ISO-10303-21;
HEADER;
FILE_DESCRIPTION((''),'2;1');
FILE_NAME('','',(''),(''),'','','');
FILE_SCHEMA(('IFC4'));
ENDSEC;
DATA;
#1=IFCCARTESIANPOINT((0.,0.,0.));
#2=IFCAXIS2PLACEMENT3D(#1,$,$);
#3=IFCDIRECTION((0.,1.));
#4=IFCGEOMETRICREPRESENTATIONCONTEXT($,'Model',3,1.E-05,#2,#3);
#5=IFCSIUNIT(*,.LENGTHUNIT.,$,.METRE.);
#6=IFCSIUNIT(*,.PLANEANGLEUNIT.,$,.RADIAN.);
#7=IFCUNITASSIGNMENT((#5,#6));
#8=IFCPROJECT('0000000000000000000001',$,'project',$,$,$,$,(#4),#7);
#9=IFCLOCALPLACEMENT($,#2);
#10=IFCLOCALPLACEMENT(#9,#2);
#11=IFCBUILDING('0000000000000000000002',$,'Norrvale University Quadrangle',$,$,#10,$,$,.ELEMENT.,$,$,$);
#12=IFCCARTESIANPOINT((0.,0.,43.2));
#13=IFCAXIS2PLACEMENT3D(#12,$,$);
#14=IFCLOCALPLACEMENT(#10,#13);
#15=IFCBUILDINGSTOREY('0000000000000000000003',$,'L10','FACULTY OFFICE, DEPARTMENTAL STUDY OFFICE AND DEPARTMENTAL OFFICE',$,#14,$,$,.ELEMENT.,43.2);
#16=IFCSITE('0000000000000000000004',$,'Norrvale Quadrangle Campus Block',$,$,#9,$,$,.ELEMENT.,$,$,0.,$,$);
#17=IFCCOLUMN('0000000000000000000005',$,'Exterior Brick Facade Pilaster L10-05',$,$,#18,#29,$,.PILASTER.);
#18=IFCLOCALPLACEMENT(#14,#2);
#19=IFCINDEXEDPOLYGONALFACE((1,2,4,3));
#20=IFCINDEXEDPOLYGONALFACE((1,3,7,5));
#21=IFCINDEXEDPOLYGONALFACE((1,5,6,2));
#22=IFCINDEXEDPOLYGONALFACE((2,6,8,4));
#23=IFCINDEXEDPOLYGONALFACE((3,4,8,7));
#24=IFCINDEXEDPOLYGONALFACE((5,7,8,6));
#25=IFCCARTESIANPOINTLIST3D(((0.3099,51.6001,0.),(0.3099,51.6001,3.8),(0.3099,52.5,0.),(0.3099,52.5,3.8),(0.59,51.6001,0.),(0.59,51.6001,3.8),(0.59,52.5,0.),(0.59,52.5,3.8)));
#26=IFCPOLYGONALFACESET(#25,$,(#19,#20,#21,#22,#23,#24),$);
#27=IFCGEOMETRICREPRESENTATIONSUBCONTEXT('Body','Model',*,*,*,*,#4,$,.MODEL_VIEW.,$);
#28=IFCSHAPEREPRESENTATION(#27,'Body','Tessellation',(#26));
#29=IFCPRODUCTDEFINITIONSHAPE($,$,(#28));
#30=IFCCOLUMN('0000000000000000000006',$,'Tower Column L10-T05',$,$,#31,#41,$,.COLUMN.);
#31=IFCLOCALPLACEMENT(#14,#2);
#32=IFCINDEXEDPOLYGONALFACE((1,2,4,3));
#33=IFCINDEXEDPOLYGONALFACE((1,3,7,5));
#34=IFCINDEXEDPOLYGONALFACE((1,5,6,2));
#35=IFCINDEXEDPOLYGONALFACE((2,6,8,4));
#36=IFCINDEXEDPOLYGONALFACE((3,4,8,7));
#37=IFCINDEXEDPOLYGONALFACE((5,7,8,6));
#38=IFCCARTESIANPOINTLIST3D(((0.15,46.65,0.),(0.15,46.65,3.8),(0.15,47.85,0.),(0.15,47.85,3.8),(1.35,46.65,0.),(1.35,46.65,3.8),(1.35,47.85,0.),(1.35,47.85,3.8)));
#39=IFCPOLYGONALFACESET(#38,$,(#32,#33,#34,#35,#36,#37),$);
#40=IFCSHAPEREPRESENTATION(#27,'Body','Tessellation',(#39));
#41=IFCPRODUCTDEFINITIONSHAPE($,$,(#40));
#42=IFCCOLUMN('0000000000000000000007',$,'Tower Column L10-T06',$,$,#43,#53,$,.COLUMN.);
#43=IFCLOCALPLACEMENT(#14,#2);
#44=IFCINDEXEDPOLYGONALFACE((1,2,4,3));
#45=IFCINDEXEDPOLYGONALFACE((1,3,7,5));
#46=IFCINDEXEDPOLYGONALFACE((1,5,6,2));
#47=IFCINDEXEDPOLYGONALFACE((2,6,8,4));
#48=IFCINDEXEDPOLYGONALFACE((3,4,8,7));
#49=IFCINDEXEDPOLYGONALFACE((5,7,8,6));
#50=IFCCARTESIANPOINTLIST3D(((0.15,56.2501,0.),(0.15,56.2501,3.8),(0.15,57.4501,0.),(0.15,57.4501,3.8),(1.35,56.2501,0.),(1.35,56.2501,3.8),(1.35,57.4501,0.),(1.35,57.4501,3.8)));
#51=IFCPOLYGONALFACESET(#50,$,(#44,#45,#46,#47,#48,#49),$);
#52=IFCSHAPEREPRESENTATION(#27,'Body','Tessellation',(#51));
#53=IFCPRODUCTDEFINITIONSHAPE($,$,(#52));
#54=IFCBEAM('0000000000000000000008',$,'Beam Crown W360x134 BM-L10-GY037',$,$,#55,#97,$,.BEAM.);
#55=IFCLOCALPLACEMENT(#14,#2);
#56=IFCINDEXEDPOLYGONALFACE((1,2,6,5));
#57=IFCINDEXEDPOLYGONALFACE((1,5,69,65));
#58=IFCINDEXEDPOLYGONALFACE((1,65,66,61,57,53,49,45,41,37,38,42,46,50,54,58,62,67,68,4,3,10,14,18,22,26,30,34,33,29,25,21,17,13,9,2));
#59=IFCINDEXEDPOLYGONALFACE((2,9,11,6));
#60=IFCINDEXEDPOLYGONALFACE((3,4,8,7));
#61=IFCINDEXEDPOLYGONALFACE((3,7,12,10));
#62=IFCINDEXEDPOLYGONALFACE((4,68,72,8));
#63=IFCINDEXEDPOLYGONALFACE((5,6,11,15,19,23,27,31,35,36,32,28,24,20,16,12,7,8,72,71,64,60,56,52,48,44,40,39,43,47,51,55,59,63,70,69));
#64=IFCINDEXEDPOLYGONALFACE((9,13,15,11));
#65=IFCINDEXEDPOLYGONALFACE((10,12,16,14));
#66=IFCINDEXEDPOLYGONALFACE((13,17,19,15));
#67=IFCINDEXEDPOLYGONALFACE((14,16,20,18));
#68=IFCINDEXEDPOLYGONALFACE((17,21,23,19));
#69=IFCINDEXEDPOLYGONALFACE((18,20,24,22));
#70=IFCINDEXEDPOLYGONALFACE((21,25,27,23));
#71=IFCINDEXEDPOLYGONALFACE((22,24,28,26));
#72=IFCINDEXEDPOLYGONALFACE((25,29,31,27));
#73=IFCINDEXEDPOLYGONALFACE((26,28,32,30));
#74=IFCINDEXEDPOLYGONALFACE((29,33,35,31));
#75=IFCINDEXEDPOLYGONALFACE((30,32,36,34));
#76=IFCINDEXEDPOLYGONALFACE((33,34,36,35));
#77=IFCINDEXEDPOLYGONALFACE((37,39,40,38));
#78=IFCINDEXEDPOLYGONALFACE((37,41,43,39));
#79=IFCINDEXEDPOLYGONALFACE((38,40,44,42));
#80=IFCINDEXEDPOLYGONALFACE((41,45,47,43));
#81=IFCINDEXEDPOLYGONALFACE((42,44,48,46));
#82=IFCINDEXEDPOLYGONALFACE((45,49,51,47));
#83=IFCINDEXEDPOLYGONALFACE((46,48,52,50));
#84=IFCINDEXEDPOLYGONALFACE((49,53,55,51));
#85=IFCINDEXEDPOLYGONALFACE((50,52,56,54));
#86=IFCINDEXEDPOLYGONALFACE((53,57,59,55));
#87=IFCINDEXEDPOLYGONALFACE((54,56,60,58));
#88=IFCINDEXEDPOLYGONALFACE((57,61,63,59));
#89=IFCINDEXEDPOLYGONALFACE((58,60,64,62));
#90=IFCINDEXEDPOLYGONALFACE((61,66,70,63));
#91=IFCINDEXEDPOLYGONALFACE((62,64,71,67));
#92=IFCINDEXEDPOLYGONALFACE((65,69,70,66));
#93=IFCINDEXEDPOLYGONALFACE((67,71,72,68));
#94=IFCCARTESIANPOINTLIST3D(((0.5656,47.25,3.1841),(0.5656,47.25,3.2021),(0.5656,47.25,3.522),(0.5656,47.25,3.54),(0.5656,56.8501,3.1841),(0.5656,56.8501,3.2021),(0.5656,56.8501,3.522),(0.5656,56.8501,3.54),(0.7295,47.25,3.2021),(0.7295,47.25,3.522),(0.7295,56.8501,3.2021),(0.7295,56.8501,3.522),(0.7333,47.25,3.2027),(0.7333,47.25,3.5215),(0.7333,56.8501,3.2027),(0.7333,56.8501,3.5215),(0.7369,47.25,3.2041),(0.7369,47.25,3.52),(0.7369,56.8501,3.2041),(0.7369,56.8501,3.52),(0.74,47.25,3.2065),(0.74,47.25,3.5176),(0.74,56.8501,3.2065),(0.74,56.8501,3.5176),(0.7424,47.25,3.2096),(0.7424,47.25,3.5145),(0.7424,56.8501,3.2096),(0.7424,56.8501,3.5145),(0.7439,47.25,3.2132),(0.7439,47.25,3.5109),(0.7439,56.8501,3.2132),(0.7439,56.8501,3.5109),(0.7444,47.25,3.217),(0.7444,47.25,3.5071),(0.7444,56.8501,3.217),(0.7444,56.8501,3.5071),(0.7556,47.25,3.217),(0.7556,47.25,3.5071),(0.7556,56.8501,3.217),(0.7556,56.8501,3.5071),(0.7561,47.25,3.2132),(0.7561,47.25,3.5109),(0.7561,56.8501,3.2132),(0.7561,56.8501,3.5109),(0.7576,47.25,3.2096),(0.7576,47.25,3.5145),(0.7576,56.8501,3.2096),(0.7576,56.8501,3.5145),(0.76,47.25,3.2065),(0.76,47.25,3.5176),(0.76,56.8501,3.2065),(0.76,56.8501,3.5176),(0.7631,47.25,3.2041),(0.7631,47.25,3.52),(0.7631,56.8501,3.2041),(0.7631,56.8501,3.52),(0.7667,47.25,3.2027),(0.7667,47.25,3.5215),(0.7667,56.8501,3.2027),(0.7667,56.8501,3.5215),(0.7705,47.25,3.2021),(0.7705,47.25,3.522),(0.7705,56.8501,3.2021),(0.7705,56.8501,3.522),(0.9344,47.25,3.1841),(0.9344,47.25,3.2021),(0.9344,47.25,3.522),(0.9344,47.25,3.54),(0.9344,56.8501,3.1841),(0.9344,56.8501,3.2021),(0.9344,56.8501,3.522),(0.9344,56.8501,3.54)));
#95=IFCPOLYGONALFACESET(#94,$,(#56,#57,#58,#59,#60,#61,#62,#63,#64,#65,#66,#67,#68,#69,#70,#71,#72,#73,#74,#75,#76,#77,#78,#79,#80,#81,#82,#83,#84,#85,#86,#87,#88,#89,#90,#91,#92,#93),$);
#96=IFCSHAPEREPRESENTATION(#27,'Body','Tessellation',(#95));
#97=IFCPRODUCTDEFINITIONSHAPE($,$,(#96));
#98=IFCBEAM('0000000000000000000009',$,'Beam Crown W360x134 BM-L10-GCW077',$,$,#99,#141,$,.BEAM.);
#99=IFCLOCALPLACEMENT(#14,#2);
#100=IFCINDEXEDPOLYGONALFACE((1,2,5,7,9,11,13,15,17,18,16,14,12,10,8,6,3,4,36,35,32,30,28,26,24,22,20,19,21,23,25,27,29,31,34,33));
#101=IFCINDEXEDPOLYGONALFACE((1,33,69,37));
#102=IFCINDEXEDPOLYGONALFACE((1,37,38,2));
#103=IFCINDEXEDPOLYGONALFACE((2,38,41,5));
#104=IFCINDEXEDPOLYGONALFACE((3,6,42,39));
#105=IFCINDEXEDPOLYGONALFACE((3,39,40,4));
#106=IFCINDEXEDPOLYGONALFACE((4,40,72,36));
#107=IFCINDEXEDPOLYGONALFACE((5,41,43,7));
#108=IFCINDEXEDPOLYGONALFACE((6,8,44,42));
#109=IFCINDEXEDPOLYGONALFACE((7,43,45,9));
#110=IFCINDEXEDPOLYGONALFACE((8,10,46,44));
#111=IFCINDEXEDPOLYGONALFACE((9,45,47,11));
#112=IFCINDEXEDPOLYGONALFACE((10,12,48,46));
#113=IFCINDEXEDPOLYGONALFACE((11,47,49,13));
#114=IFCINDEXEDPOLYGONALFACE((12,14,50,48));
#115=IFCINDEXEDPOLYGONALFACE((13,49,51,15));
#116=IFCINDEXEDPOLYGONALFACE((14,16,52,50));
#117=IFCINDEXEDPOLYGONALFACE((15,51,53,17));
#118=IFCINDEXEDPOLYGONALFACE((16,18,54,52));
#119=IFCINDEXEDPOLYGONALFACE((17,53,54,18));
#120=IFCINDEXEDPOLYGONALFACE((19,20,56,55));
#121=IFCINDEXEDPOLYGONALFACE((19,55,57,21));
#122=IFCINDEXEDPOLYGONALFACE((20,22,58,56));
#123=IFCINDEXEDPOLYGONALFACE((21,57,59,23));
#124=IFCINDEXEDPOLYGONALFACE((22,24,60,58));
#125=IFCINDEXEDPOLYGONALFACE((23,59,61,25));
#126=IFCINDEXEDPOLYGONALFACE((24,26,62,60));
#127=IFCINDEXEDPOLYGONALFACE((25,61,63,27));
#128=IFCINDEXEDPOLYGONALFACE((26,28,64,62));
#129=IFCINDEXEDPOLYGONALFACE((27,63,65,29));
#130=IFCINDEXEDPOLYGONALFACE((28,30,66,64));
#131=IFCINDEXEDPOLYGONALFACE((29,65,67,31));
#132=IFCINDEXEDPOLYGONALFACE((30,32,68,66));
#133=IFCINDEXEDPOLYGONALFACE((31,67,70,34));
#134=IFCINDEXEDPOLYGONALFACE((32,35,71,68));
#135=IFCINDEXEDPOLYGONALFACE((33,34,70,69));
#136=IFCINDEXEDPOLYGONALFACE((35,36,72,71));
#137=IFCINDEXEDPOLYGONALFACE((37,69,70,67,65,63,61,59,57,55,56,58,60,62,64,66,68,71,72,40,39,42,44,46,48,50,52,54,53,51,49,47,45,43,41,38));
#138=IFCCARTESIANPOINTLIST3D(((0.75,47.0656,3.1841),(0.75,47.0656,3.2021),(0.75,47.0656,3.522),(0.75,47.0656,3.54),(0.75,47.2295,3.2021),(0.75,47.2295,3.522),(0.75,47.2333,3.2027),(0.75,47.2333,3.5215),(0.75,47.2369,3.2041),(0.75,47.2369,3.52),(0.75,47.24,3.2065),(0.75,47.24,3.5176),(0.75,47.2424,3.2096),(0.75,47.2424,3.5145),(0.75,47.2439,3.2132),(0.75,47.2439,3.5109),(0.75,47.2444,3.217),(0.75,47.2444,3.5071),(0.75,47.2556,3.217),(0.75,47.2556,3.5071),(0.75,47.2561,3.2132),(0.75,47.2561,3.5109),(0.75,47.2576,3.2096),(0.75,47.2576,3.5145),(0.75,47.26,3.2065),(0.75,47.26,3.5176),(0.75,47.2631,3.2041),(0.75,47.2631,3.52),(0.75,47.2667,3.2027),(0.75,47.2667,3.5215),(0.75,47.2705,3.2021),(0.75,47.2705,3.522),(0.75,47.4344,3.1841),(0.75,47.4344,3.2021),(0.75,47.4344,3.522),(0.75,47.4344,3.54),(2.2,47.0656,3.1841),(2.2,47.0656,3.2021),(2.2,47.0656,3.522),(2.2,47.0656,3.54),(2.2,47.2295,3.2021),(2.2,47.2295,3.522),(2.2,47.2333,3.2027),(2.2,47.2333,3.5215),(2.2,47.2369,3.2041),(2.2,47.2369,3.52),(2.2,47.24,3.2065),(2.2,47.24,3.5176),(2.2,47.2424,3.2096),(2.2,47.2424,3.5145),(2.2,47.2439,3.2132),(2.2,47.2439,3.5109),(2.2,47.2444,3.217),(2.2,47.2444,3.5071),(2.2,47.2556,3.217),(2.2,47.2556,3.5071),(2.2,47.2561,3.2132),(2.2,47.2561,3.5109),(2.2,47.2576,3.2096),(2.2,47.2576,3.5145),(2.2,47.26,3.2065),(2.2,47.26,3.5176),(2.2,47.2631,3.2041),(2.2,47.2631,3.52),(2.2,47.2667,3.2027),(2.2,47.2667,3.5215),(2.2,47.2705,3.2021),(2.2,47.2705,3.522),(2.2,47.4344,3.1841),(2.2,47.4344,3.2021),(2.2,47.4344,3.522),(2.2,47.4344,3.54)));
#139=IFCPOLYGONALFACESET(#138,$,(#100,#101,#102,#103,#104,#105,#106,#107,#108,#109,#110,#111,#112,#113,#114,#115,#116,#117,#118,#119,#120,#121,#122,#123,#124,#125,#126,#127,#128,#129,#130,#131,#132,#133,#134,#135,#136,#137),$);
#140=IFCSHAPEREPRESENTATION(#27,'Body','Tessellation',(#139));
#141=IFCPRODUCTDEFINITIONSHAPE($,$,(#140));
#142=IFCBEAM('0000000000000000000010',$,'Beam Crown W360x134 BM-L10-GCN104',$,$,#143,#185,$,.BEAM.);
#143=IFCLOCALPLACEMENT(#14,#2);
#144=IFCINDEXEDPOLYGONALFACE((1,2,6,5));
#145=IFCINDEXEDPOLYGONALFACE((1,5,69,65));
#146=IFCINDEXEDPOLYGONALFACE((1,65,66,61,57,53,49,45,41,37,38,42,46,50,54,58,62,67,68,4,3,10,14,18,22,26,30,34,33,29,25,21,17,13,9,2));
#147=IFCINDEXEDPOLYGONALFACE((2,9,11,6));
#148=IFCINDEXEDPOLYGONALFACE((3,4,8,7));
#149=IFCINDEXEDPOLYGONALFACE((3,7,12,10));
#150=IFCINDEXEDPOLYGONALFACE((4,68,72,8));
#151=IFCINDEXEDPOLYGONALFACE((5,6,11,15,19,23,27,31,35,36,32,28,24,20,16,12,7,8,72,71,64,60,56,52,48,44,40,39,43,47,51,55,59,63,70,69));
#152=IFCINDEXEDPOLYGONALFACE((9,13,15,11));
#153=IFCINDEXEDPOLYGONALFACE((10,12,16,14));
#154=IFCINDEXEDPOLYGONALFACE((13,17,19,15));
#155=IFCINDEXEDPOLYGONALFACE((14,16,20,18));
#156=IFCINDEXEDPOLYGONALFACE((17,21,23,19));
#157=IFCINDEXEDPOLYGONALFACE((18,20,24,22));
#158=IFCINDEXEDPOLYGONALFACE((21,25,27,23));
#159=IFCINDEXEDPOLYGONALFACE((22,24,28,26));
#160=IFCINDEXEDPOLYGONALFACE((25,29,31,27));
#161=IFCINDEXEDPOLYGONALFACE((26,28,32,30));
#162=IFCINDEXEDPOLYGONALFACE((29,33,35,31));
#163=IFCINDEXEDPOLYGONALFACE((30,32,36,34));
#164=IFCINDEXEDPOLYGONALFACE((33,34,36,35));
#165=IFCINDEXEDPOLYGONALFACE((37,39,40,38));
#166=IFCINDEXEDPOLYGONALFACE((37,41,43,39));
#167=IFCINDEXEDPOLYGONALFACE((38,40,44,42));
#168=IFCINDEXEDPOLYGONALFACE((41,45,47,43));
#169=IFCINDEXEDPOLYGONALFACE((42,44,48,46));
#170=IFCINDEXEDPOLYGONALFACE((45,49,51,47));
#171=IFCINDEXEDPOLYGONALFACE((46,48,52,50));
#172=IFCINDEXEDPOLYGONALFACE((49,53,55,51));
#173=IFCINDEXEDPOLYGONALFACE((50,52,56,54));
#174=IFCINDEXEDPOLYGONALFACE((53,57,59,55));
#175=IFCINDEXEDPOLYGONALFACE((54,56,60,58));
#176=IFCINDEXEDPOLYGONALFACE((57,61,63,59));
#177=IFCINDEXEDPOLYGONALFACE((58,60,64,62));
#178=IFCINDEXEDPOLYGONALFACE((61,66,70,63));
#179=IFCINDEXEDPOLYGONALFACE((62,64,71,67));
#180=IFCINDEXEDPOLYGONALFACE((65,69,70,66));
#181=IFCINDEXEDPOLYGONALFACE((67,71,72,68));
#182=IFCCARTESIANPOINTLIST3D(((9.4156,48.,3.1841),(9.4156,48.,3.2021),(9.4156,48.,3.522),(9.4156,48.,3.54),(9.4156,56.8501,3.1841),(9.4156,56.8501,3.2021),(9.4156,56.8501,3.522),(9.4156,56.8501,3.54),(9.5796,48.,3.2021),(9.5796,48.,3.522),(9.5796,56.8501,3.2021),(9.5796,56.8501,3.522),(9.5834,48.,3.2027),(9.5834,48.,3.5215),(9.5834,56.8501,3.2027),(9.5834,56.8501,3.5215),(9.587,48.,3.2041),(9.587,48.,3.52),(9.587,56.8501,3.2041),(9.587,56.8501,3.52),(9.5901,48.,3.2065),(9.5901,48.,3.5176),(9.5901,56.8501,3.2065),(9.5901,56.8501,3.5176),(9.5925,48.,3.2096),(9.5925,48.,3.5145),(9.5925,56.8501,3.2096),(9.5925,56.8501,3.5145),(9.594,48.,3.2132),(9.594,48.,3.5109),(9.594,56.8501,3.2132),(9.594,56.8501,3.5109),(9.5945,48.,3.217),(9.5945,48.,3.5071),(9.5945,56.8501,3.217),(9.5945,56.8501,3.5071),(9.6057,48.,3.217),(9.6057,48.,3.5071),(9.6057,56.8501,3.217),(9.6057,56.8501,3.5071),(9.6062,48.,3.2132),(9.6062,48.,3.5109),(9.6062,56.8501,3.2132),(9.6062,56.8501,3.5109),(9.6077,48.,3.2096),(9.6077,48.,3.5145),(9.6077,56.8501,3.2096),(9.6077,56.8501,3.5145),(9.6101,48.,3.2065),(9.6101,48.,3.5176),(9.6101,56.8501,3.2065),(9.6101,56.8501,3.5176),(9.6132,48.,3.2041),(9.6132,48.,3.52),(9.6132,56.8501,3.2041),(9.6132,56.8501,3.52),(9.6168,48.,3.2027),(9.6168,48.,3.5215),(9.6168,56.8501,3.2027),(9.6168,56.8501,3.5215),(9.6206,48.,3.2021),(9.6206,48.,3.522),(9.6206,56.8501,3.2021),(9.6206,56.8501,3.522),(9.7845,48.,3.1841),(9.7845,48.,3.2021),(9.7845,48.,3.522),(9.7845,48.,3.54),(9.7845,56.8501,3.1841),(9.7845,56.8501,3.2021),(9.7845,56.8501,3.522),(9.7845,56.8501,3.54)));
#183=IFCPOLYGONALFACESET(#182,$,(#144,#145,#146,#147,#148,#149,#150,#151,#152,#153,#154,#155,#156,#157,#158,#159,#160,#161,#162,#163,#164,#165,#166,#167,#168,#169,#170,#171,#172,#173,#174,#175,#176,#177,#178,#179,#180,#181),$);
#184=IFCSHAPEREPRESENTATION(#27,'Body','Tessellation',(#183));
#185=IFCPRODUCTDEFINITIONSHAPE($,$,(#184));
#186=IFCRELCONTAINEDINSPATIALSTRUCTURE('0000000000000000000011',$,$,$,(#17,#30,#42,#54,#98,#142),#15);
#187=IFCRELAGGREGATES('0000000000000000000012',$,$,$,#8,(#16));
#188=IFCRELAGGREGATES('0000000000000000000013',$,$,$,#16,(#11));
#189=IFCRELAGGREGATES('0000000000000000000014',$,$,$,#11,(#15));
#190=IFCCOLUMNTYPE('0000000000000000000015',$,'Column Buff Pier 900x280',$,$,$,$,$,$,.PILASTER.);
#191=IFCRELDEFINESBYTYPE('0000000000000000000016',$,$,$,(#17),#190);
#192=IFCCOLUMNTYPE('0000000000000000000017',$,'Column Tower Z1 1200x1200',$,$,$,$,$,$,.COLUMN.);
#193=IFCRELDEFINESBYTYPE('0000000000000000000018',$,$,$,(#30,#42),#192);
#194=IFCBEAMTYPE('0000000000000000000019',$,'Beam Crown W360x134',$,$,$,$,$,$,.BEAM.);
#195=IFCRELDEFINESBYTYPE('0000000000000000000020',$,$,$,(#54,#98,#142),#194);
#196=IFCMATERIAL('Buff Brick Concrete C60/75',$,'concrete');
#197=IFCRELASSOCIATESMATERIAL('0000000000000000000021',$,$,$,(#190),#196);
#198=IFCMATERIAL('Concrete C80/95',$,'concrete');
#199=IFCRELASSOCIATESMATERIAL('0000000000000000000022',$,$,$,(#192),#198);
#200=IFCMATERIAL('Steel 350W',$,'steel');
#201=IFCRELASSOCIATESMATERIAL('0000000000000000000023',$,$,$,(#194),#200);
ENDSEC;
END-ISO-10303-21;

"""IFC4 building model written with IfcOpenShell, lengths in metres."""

from ifc_helpers import new_model, si_unit, direction, frame, origin, origin_2d, place, context, subcontext, project, spatial, rectangle, i_section, extrude, material, material_profile, profile_set, type_object, element, save


model = new_model("IFC4")

# Units and contexts
model_context = context("Model", 3, precision=1e-05, world=origin(), true_north=direction((0.0, 1.0)))
body_context = subcontext(model_context, "Body", "Model", "MODEL_VIEW")
ifc_project = project(units=[si_unit("LENGTHUNIT", "METRE"), si_unit("PLANEANGLEUNIT", "RADIAN")], contexts=[model_context])

# Site, building, storey
site_placement = place(None, origin())
site = spatial("IfcSite", under=ifc_project, at=site_placement, Name="Norrvale Quadrangle Campus Block", CompositionType="ELEMENT", RefElevation=0.0)
building_placement = place(site_placement, origin())
building = spatial("IfcBuilding", under=site, at=building_placement, Name="Norrvale University Quadrangle", CompositionType="ELEMENT")
storey_placement = place(building_placement, frame((0.0, 0.0, 43.2)))
storey = spatial("IfcBuildingStorey", under=building, at=storey_placement, Name="L10", Description="FACULTY OFFICE, DEPARTMENTAL STUDY OFFICE AND DEPARTMENTAL OFFICE", CompositionType="ELEMENT", Elevation=43.2)

# Columns
ifc_material_1 = material(Name="Buff Brick Concrete C60/75", Category="concrete")
ifc_material_profile_1 = material_profile(ifc_material_1, rectangle(XDim=0.8999, YDim=0.28, at=origin_2d()), Name="Buff Brick Concrete C60/75")
ifc_profile_set_1 = profile_set([ifc_material_profile_1], Name="Buff Brick Concrete C60/75")
column_type_1 = type_object("IfcColumnType", Name="Column Buff Pier 900x280", PredefinedType="PILASTER", material=ifc_profile_set_1)
column_placement = place(storey_placement, frame((0.45, 52.05, 0.0), z_axis=(0.0, 0.0, 1.0), x_axis=(0.0, 1.0, 0.0)))
element("IfcColumn", 1, at=column_placement, inside=storey, type_object=column_type_1, Name="Exterior Brick Facade Pilaster L10-05", PredefinedType="PILASTER", context=body_context, shape_type="SweptSolid", body=[
    extrude(rectangle(XDim=0.8999, YDim=0.28, at=origin_2d()), origin(), (0.0, 0.0, 1.0), 3.8),
])
ifc_material_2 = material(Name="Concrete C80/95", Category="concrete")
ifc_material_profile_2 = material_profile(ifc_material_2, rectangle(XDim=1.2, YDim=1.2, at=origin_2d()), Name="Concrete C80/95")
ifc_profile_set_2 = profile_set([ifc_material_profile_2], Name="Concrete C80/95")
column_type_2 = type_object("IfcColumnType", Name="Column Tower Z1 1200x1200", PredefinedType="COLUMN", material=ifc_profile_set_2)
for number, where, z_axis, x_axis, name in (
    (2, (0.75, 47.25, 0.0), (0.0, 0.0, 1.0), (1.0, 0.0, 0.0), "Tower Column L10-T05"),
    (3, (0.75, 56.8501, 0.0), (0.0, 0.0, 1.0), (1.0, 0.0, 0.0), "Tower Column L10-T06"),
):
    element("IfcColumn", number, at=place(storey_placement, frame(where, z_axis=z_axis, x_axis=x_axis)), inside=storey, type_object=column_type_2, Name=name, PredefinedType="COLUMN", context=body_context, shape_type="SweptSolid", body=[
        extrude(rectangle(XDim=1.2, YDim=1.2, at=origin_2d()), origin(), (0.0, 0.0, 1.0), 3.8),
    ])

# Beams
ifc_material_3 = material(Name="Steel 350W", Category="steel")
ifc_material_profile_3 = material_profile(ifc_material_3, i_section(OverallWidth=0.3689, OverallDepth=0.356, WebThickness=0.0112, FlangeThickness=0.0181, FilletRadius=0.0149, at=origin_2d()), Name="Steel 350W")
ifc_profile_set_3 = profile_set([ifc_material_profile_3], Name="Steel 350W")
beam_type_1 = type_object("IfcBeamType", Name="Beam Crown W360x134", PredefinedType="BEAM", material=ifc_profile_set_3)
beam_1_placement = place(storey_placement, frame((0.75, 47.25, 3.3621), z_axis=(0.0, 1.0, 0.0), x_axis=(-1.0, 0.0, 0.0)))
element("IfcBeam", 4, at=beam_1_placement, inside=storey, type_object=beam_type_1, Name="Beam Crown W360x134 BM-L10-GY037", PredefinedType="BEAM", context=body_context, shape_type="SweptSolid", body=[
    extrude(i_section(OverallWidth=0.3689, OverallDepth=0.356, WebThickness=0.0112, FlangeThickness=0.0181, FilletRadius=0.0149, at=origin_2d()), origin(), (0.0, 0.0, 1.0), 9.6001),
])
beam_2_placement = place(storey_placement, frame((0.75, 47.25, 3.3621), z_axis=(1.0, 0.0, 0.0), x_axis=(0.0, 1.0, 0.0)))
element("IfcBeam", 5, at=beam_2_placement, inside=storey, type_object=beam_type_1, Name="Beam Crown W360x134 BM-L10-GCW077", PredefinedType="BEAM", context=body_context, shape_type="SweptSolid", body=[
    extrude(i_section(OverallWidth=0.3689, OverallDepth=0.356, WebThickness=0.0112, FlangeThickness=0.0181, FilletRadius=0.0149, at=origin_2d()), origin(), (0.0, 0.0, 1.0), 1.45),
])
beam_3_placement = place(storey_placement, frame((9.6001, 48.0, 3.3621), z_axis=(0.0, 1.0, 0.0), x_axis=(-1.0, 0.0, 0.0)))
element("IfcBeam", 6, at=beam_3_placement, inside=storey, type_object=beam_type_1, Name="Beam Crown W360x134 BM-L10-GCN104", PredefinedType="BEAM", context=body_context, shape_type="SweptSolid", body=[
    extrude(i_section(OverallWidth=0.3689, OverallDepth=0.356, WebThickness=0.0112, FlangeThickness=0.0181, FilletRadius=0.0149, at=origin_2d()), origin(), (0.0, 0.0, 1.0), 8.8501),
])

save(model, "model.ifc")
